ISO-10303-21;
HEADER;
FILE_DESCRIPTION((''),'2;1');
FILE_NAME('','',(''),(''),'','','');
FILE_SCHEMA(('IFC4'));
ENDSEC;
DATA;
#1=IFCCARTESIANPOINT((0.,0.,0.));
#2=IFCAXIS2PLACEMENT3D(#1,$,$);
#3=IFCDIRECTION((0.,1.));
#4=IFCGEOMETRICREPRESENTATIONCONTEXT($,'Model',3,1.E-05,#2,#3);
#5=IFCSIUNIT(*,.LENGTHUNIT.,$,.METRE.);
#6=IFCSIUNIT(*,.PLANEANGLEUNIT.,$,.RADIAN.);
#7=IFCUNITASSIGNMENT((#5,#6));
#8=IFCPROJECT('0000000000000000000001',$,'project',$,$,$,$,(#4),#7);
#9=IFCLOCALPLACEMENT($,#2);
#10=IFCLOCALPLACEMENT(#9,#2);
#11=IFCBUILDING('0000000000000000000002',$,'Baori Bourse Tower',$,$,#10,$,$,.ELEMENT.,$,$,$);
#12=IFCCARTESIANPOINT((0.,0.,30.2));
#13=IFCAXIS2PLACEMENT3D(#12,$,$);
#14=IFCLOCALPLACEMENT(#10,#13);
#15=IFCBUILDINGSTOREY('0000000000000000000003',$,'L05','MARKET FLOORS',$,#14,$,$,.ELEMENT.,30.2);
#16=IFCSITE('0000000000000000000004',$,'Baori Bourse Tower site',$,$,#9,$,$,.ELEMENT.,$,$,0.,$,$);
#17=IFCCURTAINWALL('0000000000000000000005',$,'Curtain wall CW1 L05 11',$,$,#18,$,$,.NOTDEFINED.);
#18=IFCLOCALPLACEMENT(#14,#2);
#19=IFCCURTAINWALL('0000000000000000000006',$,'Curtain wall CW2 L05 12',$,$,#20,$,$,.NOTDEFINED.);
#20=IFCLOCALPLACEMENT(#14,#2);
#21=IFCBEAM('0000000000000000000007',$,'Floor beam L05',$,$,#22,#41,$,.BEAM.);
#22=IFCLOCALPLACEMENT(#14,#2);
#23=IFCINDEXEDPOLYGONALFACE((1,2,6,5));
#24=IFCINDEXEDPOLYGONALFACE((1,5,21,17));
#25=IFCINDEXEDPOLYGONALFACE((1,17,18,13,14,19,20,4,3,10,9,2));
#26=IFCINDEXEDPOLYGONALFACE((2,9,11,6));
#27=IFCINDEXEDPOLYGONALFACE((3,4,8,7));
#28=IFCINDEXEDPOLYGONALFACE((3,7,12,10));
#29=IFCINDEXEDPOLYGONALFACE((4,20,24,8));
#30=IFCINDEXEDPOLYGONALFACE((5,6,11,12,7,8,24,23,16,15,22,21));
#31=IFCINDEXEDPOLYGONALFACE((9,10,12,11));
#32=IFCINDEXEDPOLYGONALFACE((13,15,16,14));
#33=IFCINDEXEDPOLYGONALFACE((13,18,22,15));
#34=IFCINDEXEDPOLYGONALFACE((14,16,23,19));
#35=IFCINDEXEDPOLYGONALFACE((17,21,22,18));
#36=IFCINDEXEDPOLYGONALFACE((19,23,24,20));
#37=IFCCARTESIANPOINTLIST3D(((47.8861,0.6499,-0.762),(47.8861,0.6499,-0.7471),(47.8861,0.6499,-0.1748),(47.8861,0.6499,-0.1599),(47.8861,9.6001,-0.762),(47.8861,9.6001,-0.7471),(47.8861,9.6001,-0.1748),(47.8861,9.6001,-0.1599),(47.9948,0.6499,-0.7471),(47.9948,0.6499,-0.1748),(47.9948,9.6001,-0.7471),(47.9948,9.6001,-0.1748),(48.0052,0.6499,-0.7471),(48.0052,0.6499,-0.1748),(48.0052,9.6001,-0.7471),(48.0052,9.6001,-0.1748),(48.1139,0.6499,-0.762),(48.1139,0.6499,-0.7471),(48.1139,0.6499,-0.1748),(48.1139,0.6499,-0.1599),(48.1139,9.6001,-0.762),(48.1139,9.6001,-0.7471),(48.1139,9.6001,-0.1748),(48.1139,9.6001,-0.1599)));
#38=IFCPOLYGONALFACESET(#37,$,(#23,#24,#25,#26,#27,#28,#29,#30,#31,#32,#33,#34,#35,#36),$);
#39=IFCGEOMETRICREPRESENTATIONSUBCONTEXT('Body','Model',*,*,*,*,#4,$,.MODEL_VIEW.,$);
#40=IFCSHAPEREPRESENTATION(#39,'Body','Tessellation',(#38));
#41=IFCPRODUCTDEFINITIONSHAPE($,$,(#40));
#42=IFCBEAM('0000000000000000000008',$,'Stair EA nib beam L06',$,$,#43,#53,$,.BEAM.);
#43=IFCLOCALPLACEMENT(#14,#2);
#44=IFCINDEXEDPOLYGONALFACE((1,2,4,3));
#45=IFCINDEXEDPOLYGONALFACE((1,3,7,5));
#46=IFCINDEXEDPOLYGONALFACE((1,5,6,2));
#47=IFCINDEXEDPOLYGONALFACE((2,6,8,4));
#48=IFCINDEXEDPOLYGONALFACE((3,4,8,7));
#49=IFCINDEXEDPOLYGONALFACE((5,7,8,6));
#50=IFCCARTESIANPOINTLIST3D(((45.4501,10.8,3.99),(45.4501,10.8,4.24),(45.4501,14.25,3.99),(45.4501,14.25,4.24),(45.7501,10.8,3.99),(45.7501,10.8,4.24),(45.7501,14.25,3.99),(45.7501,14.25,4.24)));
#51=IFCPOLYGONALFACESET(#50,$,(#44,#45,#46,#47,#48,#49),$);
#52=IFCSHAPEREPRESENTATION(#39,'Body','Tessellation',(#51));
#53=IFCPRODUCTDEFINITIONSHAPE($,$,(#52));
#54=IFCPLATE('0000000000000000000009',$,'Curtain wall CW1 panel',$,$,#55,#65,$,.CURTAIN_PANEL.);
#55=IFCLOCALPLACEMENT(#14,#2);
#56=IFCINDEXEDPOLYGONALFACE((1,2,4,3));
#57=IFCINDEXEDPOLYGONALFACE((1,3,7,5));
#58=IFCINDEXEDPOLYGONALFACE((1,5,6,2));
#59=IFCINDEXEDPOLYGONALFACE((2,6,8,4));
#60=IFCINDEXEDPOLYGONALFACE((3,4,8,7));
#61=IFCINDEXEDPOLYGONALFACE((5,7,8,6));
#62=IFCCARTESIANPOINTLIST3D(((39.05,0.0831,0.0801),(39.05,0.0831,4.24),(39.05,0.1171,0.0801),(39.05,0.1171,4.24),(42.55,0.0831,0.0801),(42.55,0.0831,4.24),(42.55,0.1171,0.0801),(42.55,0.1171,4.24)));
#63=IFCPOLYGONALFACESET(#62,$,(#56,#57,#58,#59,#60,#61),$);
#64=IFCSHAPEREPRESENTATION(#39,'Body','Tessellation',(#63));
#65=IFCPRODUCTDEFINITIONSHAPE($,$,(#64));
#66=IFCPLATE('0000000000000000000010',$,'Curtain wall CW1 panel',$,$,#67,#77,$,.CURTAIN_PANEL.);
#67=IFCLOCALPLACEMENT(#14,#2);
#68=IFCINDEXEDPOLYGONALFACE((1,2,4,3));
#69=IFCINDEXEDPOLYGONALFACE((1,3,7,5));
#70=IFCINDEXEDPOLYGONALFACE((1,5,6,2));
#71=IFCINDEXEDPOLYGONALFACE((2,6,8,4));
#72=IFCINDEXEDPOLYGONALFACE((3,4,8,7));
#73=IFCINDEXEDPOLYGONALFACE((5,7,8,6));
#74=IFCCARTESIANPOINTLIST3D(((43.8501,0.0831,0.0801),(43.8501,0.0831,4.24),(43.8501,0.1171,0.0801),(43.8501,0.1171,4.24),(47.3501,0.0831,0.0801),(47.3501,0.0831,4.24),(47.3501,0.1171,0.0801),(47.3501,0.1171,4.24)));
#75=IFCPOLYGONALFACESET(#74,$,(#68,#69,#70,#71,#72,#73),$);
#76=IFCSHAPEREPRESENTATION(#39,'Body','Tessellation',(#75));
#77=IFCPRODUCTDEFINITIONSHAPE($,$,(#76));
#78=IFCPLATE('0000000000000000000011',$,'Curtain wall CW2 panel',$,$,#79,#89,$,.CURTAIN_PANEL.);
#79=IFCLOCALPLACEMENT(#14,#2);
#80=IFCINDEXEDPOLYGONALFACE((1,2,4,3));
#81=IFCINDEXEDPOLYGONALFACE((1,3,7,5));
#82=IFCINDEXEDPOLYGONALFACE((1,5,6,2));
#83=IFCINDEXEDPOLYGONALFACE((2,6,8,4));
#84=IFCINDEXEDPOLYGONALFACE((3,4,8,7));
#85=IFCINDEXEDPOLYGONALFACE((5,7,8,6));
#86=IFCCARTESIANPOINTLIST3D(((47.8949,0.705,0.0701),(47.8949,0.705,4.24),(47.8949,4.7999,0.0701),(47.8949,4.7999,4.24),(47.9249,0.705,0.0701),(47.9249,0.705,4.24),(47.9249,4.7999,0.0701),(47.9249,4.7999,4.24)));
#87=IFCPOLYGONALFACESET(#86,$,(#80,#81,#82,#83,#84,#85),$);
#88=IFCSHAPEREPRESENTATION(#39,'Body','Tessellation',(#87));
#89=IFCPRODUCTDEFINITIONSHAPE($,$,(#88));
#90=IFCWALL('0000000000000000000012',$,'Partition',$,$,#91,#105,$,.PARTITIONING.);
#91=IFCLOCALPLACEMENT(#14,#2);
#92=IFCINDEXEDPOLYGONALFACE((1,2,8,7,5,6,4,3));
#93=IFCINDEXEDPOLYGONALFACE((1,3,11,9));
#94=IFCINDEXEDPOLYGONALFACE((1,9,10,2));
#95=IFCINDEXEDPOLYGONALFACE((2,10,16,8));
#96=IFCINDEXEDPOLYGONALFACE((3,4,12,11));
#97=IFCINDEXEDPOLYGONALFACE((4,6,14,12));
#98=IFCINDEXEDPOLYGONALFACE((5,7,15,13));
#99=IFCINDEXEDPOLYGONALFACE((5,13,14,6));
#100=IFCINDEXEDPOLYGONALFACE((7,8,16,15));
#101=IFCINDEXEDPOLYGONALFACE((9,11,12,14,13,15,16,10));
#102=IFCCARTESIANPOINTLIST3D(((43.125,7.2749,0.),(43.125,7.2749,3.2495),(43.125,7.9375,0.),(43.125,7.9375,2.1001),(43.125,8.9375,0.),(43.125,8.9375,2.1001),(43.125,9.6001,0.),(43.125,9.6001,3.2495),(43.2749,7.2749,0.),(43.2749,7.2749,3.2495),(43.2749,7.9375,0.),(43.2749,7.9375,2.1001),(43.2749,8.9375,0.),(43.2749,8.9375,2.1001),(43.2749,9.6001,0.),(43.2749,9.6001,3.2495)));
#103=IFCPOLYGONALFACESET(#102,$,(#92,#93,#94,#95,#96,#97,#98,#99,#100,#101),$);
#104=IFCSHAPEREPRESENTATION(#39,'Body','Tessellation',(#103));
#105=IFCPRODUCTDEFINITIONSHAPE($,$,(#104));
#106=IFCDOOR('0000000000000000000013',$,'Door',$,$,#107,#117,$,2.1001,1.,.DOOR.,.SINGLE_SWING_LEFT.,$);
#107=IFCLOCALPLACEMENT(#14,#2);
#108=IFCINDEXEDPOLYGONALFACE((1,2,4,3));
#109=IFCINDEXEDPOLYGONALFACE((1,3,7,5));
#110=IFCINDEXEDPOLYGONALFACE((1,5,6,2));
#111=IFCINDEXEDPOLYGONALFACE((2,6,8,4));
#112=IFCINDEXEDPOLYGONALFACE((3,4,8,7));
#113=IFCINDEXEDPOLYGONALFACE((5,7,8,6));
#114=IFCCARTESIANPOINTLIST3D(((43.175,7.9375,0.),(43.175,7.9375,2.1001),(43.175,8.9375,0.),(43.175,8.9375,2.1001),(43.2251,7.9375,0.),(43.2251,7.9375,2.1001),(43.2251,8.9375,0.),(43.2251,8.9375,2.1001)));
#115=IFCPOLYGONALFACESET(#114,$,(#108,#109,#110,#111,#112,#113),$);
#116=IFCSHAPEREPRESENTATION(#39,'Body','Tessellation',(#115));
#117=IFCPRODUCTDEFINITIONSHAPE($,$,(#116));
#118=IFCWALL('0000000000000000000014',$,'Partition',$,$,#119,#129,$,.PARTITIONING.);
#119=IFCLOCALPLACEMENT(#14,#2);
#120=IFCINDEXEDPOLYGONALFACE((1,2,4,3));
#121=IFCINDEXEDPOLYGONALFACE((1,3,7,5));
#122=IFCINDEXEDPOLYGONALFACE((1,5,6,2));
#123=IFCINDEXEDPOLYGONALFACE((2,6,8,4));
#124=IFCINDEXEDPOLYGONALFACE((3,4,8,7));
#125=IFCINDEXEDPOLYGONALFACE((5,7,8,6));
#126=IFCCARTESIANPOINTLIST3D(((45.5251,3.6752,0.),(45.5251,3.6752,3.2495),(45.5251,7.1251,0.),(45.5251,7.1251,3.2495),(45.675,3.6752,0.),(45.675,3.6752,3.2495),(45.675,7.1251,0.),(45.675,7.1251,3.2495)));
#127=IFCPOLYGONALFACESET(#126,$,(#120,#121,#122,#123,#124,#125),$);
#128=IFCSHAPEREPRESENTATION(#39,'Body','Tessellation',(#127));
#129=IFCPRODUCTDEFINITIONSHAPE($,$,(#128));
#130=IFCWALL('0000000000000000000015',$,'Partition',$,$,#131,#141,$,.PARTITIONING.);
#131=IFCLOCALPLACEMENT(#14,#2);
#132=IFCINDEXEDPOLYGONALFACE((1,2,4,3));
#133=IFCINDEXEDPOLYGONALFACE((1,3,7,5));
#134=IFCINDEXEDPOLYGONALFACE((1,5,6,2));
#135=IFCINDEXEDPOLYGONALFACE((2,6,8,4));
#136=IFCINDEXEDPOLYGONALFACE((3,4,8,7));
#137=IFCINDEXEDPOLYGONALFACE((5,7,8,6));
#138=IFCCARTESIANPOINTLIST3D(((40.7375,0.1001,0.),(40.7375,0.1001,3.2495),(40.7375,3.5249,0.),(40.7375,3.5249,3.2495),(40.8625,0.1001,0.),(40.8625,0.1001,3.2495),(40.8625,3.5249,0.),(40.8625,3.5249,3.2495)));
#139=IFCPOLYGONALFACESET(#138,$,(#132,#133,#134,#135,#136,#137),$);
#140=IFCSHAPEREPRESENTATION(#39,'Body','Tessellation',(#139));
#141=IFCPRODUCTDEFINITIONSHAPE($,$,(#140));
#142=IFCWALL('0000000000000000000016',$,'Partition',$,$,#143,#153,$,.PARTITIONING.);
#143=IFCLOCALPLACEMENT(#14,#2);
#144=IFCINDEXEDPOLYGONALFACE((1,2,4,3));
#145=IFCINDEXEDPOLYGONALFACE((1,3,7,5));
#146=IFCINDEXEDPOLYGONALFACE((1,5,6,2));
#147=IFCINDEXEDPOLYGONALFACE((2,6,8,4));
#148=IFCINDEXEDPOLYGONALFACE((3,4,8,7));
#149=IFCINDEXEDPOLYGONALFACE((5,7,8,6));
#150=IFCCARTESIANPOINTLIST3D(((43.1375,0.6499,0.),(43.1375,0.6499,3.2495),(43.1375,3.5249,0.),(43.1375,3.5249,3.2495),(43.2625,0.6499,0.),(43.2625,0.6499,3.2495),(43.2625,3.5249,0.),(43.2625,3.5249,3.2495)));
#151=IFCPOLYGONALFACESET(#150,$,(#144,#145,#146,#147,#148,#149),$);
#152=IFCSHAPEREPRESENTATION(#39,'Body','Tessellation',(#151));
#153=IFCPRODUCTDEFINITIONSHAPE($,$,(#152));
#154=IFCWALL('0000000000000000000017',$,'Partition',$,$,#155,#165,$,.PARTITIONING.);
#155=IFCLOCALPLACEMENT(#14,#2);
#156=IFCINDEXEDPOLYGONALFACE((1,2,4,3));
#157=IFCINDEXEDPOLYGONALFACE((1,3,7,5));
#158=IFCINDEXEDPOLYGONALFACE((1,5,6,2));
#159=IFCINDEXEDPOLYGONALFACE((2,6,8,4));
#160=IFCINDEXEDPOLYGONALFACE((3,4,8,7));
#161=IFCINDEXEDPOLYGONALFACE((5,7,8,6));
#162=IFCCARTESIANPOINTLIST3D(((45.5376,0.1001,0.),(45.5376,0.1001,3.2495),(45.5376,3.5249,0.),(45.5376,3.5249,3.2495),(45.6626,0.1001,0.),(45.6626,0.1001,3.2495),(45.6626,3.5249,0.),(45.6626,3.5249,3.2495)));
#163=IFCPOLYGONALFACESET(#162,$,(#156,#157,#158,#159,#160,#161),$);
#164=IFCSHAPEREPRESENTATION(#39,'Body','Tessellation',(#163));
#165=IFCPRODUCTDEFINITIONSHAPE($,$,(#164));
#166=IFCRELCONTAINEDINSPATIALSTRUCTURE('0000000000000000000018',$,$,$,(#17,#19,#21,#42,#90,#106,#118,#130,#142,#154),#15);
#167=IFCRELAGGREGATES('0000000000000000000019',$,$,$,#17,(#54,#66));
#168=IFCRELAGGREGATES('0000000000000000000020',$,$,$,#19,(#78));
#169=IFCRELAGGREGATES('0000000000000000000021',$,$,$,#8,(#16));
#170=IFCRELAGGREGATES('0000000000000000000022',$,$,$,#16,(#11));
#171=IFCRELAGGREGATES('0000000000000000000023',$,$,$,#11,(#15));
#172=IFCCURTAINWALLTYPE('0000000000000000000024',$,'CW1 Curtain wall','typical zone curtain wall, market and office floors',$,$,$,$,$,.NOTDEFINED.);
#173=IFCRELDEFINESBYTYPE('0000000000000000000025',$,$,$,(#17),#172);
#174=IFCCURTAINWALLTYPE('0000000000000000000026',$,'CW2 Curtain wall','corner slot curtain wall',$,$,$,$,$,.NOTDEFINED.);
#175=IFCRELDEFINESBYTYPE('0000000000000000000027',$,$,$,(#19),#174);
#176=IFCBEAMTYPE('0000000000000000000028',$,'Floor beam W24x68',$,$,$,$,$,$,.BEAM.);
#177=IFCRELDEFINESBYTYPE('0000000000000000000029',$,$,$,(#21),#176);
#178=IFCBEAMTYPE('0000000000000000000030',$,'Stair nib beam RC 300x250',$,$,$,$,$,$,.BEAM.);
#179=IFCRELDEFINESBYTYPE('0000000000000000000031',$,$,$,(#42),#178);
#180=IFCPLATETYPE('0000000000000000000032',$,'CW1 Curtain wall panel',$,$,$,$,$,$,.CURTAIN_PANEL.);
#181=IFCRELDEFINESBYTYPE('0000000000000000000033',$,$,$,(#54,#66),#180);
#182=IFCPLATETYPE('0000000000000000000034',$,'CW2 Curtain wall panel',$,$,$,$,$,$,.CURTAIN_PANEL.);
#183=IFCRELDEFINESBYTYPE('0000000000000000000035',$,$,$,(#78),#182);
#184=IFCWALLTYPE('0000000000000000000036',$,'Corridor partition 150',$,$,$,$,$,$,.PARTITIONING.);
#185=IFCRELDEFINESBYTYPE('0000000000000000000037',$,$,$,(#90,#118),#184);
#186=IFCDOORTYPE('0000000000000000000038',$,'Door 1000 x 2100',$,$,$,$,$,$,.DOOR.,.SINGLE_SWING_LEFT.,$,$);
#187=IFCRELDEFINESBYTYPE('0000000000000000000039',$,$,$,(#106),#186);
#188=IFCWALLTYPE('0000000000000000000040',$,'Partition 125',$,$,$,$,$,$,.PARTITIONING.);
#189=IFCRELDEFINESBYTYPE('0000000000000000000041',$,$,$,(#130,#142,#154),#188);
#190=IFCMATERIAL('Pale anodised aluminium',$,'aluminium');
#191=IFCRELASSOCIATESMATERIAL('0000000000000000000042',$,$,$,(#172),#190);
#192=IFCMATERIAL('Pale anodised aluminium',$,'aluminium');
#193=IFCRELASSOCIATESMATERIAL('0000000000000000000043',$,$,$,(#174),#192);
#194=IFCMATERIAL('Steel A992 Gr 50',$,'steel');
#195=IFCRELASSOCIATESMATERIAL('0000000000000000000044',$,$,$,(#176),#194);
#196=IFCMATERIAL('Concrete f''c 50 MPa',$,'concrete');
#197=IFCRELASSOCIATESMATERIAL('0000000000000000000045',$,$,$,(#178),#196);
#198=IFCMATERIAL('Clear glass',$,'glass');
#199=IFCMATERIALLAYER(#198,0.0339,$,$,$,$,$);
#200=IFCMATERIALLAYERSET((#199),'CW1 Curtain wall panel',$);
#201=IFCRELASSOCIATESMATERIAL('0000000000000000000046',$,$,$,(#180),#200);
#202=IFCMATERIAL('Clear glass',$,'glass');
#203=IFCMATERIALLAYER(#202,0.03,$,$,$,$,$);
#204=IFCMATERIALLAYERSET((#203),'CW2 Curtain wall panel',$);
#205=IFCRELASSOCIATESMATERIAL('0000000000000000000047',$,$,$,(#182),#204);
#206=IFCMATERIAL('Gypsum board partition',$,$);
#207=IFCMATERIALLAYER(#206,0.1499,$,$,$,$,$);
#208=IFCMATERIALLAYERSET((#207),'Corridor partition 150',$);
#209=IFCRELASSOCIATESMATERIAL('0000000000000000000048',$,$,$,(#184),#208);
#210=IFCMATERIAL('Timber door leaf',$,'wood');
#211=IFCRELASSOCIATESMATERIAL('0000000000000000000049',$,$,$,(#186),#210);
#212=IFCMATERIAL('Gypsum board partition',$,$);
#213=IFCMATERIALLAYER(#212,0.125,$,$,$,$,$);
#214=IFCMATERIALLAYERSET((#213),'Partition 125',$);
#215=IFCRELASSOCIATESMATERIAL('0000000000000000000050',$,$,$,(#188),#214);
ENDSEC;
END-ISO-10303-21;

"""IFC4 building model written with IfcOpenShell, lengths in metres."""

from ifc_helpers import new_model, si_unit, direction, frame, frame_2d, origin, origin_2d, place, context, subcontext, project, spatial, rectangle, i_section, extrude, material, layer, layer_set, material_profile, profile_set, type_object, element, fill, aggregate, save


model = new_model("IFC4")

# Units and contexts
model_context = context("Model", 3, precision=1e-05, world=origin(), true_north=direction((0.0, 1.0)))
body_context = subcontext(model_context, "Body", "Model", "MODEL_VIEW")
ifc_project = project(units=[si_unit("LENGTHUNIT", "METRE"), si_unit("PLANEANGLEUNIT", "RADIAN")], contexts=[model_context])

# Site, building, storey
site_placement = place(None, origin())
site = spatial("IfcSite", under=ifc_project, at=site_placement, Name="Baori Bourse Tower site", CompositionType="ELEMENT", RefElevation=0.0)
building_placement = place(site_placement, origin())
building = spatial("IfcBuilding", under=site, at=building_placement, Name="Baori Bourse Tower", CompositionType="ELEMENT")
storey_placement = place(building_placement, frame((0.0, 0.0, 30.2)))
storey = spatial("IfcBuildingStorey", under=building, at=storey_placement, Name="L05", Description="MARKET FLOORS", CompositionType="ELEMENT", Elevation=30.2)

# Curtain walls
ifc_material_1 = material(Name="Pale anodised aluminium", Category="aluminium")
curtain_wall_type_1 = type_object("IfcCurtainWallType", Name="CW1 Curtain wall", Description="typical zone curtain wall, market and office floors", PredefinedType="NOTDEFINED", material=ifc_material_1)
curtain_wall_1_placement = place(storey_placement, origin())
curtain_wall_1 = element("IfcCurtainWall", 1, at=curtain_wall_1_placement, inside=storey, type_object=curtain_wall_type_1, Name="Curtain wall CW1 L05 11", PredefinedType="NOTDEFINED")
ifc_material_2 = material(Name="Pale anodised aluminium", Category="aluminium")
curtain_wall_type_2 = type_object("IfcCurtainWallType", Name="CW2 Curtain wall", Description="corner slot curtain wall", PredefinedType="NOTDEFINED", material=ifc_material_2)
curtain_wall_2_placement = place(storey_placement, origin())
curtain_wall_2 = element("IfcCurtainWall", 2, at=curtain_wall_2_placement, inside=storey, type_object=curtain_wall_type_2, Name="Curtain wall CW2 L05 12", PredefinedType="NOTDEFINED")

# Beams
ifc_material_3 = material(Name="Steel A992 Gr 50", Category="steel")
ifc_material_profile_1 = material_profile(ifc_material_3, i_section(OverallWidth=0.2278, OverallDepth=0.6021, WebThickness=0.0105, FlangeThickness=0.0149, at=origin_2d()), Name="W24x68")
ifc_profile_set_1 = profile_set([ifc_material_profile_1], Name="Steel A992 Gr 50")
beam_type_1 = type_object("IfcBeamType", Name="Floor beam W24x68", PredefinedType="BEAM", material=ifc_profile_set_1)
beam_1_placement = place(storey_placement, frame((48.0, 0.6499, -0.4609), z_axis=(0.0, 1.0, 0.0), x_axis=(-1.0, 0.0, 0.0)))
element("IfcBeam", 3, at=beam_1_placement, inside=storey, type_object=beam_type_1, Name="Floor beam L05", PredefinedType="BEAM", context=body_context, shape_type="SweptSolid", body=[
    extrude(i_section(OverallWidth=0.2278, OverallDepth=0.6021, WebThickness=0.0105, FlangeThickness=0.0149, at=origin_2d()), origin(), (0.0, 0.0, 1.0), 8.9502),
])
ifc_material_4 = material(Name="Concrete f'c 50 MPa", Category="concrete")
ifc_material_profile_2 = material_profile(ifc_material_4, rectangle(XDim=0.3, YDim=0.25, at=origin_2d()), Name="RC 300x250")
ifc_profile_set_2 = profile_set([ifc_material_profile_2], Name="Concrete f'c 50 MPa")
beam_type_2 = type_object("IfcBeamType", Name="Stair nib beam RC 300x250", PredefinedType="BEAM", material=ifc_profile_set_2)
beam_2_placement = place(storey_placement, frame((45.6001, 10.8, 4.115), z_axis=(0.0, 1.0, 0.0), x_axis=(-1.0, 0.0, 0.0)))
element("IfcBeam", 4, at=beam_2_placement, inside=storey, type_object=beam_type_2, Name="Stair EA nib beam L06", PredefinedType="BEAM", context=body_context, shape_type="SweptSolid", body=[
    extrude(rectangle(XDim=0.3, YDim=0.25, at=origin_2d()), origin(), (0.0, 0.0, 1.0), 3.45),
])

# Plates
ifc_material_5 = material(Name="Clear glass", Category="glass")
ifc_layer_1 = layer(ifc_material_5, 0.0339)
ifc_layer_set_1 = layer_set([ifc_layer_1], Name="CW1 Curtain wall panel")
plate_type_1 = type_object("IfcPlateType", Name="CW1 Curtain wall panel", PredefinedType="CURTAIN_PANEL", material=ifc_layer_set_1)
plate_1_placement = place(storey_placement, frame((40.8, 0.1001, 0.0801), z_axis=(0.0, 0.0, 1.0), x_axis=(1.0, 0.0, 0.0)))
plate_1 = element("IfcPlate", 5, at=plate_1_placement, type_object=plate_type_1, Name="Curtain wall CW1 panel", PredefinedType="CURTAIN_PANEL", context=body_context, shape_type="SweptSolid", body=[
    extrude(rectangle(XDim=3.5, YDim=0.0339, at=origin_2d()), origin(), (0.0, 0.0, 1.0), 4.1599),
])
plate_2_placement = place(storey_placement, frame((45.6001, 0.1001, 0.0801), z_axis=(0.0, 0.0, 1.0), x_axis=(1.0, 0.0, 0.0)))
plate_2 = element("IfcPlate", 6, at=plate_2_placement, type_object=plate_type_1, Name="Curtain wall CW1 panel", PredefinedType="CURTAIN_PANEL", context=body_context, shape_type="SweptSolid", body=[
    extrude(rectangle(XDim=3.5, YDim=0.0339, at=origin_2d()), origin(), (0.0, 0.0, 1.0), 4.1599),
])
aggregate(curtain_wall_1, [plate_1, plate_2])
ifc_material_6 = material(Name="Clear glass", Category="glass")
ifc_layer_2 = layer(ifc_material_6, 0.03)
ifc_layer_set_2 = layer_set([ifc_layer_2], Name="CW2 Curtain wall panel")
plate_type_2 = type_object("IfcPlateType", Name="CW2 Curtain wall panel", PredefinedType="CURTAIN_PANEL", material=ifc_layer_set_2)
plate_3_placement = place(storey_placement, frame((47.9099, 2.7524, 0.0701), z_axis=(0.0, 0.0, 1.0), x_axis=(0.0, 1.0, 0.0)))
plate_3 = element("IfcPlate", 7, at=plate_3_placement, type_object=plate_type_2, Name="Curtain wall CW2 panel", PredefinedType="CURTAIN_PANEL", context=body_context, shape_type="SweptSolid", body=[
    extrude(rectangle(XDim=4.095, YDim=0.03, at=origin_2d()), origin(), (0.0, 0.0, 1.0), 4.1699),
])
aggregate(curtain_wall_2, [plate_3])

# Wall, opening, door
ifc_material_7 = material(Name="Gypsum board partition")
ifc_layer_3 = layer(ifc_material_7, 0.1499)
ifc_layer_set_3 = layer_set([ifc_layer_3], Name="Corridor partition 150")
wall_type_1 = type_object("IfcWallType", Name="Corridor partition 150", PredefinedType="PARTITIONING", material=ifc_layer_set_3)
wall_1_placement = place(storey_placement, frame((43.2, 7.2749, 0.0), z_axis=(0.0, 0.0, 1.0), x_axis=(0.0, 1.0, 0.0)))
wall_1 = element("IfcWall", 8, at=wall_1_placement, inside=storey, type_object=wall_type_1, Name="Partition", PredefinedType="PARTITIONING", context=body_context, shape_type="SweptSolid", body=[
    extrude(rectangle(XDim=2.3252, YDim=0.1499, at=frame_2d((1.1626, 0.0))), origin(), (0.0, 0.0, 1.0), 3.2495),
])
opening_1_placement = place(wall_1_placement, frame((0.6626, 0.0, 0.0)))
opening_1 = element("IfcOpeningElement", 9, at=opening_1_placement, cuts=wall_1, PredefinedType="OPENING", context=body_context, shape_type="SweptSolid", body=[
    extrude(rectangle(XDim=1.0, YDim=2.1001, at=frame_2d((0.5, 1.05))), frame((0.0, 0.085, 0.0), z_axis=(0.0, -1.0, 0.0), x_axis=(1.0, 0.0, 0.0)), (0.0, 0.0, 1.0), 0.1699),
])
ifc_material_8 = material(Name="Timber door leaf", Category="wood")
door_type_1 = type_object("IfcDoorType", Name="Door 1000 x 2100", OperationType="SINGLE_SWING_LEFT", PredefinedType="DOOR", material=ifc_material_8)
door_1_placement = place(opening_1_placement, origin())
door_1 = element("IfcDoor", 10, at=door_1_placement, inside=storey, type_object=door_type_1, Name="Door", OperationType="SINGLE_SWING_LEFT", OverallHeight=2.1001, OverallWidth=1.0, PredefinedType="DOOR", context=body_context, shape_type="SweptSolid", body=[
    extrude(rectangle(XDim=1.0, YDim=2.1001, at=frame_2d((0.5, 1.05))), frame((0.0, 0.0249, 0.0), z_axis=(0.0, -1.0, 0.0), x_axis=(1.0, 0.0, 0.0)), (0.0, 0.0, 1.0), 0.05),
])
fill(opening_1, door_1)

# Walls
wall_2_placement = place(storey_placement, frame((45.6001, 3.675, 0.0), z_axis=(0.0, 0.0, 1.0), x_axis=(0.0, 1.0, 0.0)))
element("IfcWall", 11, at=wall_2_placement, inside=storey, type_object=wall_type_1, Name="Partition", PredefinedType="PARTITIONING", context=body_context, shape_type="SweptSolid", body=[
    extrude(rectangle(XDim=3.45, YDim=0.1499, at=frame_2d((1.7251, 0.0))), origin(), (0.0, 0.0, 1.0), 3.2495),
])
ifc_material_9 = material(Name="Gypsum board partition")
ifc_layer_4 = layer(ifc_material_9, 0.125)
ifc_layer_set_4 = layer_set([ifc_layer_4], Name="Partition 125")
wall_type_2 = type_object("IfcWallType", Name="Partition 125", PredefinedType="PARTITIONING", material=ifc_layer_set_4)
wall_3_placement = place(storey_placement, frame((40.8, 0.1001, 0.0), z_axis=(0.0, 0.0, 1.0), x_axis=(0.0, 1.0, 0.0)))
element("IfcWall", 12, at=wall_3_placement, inside=storey, type_object=wall_type_2, Name="Partition", PredefinedType="PARTITIONING", context=body_context, shape_type="SweptSolid", body=[
    extrude(rectangle(XDim=3.4248, YDim=0.125, at=frame_2d((1.7124, 0.0))), origin(), (0.0, 0.0, 1.0), 3.2495),
])
wall_4_placement = place(storey_placement, frame((43.2, 0.6499, 0.0), z_axis=(0.0, 0.0, 1.0), x_axis=(0.0, 1.0, 0.0)))
element("IfcWall", 13, at=wall_4_placement, inside=storey, type_object=wall_type_2, Name="Partition", PredefinedType="PARTITIONING", context=body_context, shape_type="SweptSolid", body=[
    extrude(rectangle(XDim=2.875, YDim=0.125, at=frame_2d((1.4375, 0.0))), origin(), (0.0, 0.0, 1.0), 3.2495),
])
wall_5_placement = place(storey_placement, frame((45.6001, 0.1001, 0.0), z_axis=(0.0, 0.0, 1.0), x_axis=(0.0, 1.0, 0.0)))
element("IfcWall", 14, at=wall_5_placement, inside=storey, type_object=wall_type_2, Name="Partition", PredefinedType="PARTITIONING", context=body_context, shape_type="SweptSolid", body=[
    extrude(rectangle(XDim=3.4248, YDim=0.125, at=frame_2d((1.7124, 0.0))), origin(), (0.0, 0.0, 1.0), 3.2495),
])

save(model, "model.ifc")
